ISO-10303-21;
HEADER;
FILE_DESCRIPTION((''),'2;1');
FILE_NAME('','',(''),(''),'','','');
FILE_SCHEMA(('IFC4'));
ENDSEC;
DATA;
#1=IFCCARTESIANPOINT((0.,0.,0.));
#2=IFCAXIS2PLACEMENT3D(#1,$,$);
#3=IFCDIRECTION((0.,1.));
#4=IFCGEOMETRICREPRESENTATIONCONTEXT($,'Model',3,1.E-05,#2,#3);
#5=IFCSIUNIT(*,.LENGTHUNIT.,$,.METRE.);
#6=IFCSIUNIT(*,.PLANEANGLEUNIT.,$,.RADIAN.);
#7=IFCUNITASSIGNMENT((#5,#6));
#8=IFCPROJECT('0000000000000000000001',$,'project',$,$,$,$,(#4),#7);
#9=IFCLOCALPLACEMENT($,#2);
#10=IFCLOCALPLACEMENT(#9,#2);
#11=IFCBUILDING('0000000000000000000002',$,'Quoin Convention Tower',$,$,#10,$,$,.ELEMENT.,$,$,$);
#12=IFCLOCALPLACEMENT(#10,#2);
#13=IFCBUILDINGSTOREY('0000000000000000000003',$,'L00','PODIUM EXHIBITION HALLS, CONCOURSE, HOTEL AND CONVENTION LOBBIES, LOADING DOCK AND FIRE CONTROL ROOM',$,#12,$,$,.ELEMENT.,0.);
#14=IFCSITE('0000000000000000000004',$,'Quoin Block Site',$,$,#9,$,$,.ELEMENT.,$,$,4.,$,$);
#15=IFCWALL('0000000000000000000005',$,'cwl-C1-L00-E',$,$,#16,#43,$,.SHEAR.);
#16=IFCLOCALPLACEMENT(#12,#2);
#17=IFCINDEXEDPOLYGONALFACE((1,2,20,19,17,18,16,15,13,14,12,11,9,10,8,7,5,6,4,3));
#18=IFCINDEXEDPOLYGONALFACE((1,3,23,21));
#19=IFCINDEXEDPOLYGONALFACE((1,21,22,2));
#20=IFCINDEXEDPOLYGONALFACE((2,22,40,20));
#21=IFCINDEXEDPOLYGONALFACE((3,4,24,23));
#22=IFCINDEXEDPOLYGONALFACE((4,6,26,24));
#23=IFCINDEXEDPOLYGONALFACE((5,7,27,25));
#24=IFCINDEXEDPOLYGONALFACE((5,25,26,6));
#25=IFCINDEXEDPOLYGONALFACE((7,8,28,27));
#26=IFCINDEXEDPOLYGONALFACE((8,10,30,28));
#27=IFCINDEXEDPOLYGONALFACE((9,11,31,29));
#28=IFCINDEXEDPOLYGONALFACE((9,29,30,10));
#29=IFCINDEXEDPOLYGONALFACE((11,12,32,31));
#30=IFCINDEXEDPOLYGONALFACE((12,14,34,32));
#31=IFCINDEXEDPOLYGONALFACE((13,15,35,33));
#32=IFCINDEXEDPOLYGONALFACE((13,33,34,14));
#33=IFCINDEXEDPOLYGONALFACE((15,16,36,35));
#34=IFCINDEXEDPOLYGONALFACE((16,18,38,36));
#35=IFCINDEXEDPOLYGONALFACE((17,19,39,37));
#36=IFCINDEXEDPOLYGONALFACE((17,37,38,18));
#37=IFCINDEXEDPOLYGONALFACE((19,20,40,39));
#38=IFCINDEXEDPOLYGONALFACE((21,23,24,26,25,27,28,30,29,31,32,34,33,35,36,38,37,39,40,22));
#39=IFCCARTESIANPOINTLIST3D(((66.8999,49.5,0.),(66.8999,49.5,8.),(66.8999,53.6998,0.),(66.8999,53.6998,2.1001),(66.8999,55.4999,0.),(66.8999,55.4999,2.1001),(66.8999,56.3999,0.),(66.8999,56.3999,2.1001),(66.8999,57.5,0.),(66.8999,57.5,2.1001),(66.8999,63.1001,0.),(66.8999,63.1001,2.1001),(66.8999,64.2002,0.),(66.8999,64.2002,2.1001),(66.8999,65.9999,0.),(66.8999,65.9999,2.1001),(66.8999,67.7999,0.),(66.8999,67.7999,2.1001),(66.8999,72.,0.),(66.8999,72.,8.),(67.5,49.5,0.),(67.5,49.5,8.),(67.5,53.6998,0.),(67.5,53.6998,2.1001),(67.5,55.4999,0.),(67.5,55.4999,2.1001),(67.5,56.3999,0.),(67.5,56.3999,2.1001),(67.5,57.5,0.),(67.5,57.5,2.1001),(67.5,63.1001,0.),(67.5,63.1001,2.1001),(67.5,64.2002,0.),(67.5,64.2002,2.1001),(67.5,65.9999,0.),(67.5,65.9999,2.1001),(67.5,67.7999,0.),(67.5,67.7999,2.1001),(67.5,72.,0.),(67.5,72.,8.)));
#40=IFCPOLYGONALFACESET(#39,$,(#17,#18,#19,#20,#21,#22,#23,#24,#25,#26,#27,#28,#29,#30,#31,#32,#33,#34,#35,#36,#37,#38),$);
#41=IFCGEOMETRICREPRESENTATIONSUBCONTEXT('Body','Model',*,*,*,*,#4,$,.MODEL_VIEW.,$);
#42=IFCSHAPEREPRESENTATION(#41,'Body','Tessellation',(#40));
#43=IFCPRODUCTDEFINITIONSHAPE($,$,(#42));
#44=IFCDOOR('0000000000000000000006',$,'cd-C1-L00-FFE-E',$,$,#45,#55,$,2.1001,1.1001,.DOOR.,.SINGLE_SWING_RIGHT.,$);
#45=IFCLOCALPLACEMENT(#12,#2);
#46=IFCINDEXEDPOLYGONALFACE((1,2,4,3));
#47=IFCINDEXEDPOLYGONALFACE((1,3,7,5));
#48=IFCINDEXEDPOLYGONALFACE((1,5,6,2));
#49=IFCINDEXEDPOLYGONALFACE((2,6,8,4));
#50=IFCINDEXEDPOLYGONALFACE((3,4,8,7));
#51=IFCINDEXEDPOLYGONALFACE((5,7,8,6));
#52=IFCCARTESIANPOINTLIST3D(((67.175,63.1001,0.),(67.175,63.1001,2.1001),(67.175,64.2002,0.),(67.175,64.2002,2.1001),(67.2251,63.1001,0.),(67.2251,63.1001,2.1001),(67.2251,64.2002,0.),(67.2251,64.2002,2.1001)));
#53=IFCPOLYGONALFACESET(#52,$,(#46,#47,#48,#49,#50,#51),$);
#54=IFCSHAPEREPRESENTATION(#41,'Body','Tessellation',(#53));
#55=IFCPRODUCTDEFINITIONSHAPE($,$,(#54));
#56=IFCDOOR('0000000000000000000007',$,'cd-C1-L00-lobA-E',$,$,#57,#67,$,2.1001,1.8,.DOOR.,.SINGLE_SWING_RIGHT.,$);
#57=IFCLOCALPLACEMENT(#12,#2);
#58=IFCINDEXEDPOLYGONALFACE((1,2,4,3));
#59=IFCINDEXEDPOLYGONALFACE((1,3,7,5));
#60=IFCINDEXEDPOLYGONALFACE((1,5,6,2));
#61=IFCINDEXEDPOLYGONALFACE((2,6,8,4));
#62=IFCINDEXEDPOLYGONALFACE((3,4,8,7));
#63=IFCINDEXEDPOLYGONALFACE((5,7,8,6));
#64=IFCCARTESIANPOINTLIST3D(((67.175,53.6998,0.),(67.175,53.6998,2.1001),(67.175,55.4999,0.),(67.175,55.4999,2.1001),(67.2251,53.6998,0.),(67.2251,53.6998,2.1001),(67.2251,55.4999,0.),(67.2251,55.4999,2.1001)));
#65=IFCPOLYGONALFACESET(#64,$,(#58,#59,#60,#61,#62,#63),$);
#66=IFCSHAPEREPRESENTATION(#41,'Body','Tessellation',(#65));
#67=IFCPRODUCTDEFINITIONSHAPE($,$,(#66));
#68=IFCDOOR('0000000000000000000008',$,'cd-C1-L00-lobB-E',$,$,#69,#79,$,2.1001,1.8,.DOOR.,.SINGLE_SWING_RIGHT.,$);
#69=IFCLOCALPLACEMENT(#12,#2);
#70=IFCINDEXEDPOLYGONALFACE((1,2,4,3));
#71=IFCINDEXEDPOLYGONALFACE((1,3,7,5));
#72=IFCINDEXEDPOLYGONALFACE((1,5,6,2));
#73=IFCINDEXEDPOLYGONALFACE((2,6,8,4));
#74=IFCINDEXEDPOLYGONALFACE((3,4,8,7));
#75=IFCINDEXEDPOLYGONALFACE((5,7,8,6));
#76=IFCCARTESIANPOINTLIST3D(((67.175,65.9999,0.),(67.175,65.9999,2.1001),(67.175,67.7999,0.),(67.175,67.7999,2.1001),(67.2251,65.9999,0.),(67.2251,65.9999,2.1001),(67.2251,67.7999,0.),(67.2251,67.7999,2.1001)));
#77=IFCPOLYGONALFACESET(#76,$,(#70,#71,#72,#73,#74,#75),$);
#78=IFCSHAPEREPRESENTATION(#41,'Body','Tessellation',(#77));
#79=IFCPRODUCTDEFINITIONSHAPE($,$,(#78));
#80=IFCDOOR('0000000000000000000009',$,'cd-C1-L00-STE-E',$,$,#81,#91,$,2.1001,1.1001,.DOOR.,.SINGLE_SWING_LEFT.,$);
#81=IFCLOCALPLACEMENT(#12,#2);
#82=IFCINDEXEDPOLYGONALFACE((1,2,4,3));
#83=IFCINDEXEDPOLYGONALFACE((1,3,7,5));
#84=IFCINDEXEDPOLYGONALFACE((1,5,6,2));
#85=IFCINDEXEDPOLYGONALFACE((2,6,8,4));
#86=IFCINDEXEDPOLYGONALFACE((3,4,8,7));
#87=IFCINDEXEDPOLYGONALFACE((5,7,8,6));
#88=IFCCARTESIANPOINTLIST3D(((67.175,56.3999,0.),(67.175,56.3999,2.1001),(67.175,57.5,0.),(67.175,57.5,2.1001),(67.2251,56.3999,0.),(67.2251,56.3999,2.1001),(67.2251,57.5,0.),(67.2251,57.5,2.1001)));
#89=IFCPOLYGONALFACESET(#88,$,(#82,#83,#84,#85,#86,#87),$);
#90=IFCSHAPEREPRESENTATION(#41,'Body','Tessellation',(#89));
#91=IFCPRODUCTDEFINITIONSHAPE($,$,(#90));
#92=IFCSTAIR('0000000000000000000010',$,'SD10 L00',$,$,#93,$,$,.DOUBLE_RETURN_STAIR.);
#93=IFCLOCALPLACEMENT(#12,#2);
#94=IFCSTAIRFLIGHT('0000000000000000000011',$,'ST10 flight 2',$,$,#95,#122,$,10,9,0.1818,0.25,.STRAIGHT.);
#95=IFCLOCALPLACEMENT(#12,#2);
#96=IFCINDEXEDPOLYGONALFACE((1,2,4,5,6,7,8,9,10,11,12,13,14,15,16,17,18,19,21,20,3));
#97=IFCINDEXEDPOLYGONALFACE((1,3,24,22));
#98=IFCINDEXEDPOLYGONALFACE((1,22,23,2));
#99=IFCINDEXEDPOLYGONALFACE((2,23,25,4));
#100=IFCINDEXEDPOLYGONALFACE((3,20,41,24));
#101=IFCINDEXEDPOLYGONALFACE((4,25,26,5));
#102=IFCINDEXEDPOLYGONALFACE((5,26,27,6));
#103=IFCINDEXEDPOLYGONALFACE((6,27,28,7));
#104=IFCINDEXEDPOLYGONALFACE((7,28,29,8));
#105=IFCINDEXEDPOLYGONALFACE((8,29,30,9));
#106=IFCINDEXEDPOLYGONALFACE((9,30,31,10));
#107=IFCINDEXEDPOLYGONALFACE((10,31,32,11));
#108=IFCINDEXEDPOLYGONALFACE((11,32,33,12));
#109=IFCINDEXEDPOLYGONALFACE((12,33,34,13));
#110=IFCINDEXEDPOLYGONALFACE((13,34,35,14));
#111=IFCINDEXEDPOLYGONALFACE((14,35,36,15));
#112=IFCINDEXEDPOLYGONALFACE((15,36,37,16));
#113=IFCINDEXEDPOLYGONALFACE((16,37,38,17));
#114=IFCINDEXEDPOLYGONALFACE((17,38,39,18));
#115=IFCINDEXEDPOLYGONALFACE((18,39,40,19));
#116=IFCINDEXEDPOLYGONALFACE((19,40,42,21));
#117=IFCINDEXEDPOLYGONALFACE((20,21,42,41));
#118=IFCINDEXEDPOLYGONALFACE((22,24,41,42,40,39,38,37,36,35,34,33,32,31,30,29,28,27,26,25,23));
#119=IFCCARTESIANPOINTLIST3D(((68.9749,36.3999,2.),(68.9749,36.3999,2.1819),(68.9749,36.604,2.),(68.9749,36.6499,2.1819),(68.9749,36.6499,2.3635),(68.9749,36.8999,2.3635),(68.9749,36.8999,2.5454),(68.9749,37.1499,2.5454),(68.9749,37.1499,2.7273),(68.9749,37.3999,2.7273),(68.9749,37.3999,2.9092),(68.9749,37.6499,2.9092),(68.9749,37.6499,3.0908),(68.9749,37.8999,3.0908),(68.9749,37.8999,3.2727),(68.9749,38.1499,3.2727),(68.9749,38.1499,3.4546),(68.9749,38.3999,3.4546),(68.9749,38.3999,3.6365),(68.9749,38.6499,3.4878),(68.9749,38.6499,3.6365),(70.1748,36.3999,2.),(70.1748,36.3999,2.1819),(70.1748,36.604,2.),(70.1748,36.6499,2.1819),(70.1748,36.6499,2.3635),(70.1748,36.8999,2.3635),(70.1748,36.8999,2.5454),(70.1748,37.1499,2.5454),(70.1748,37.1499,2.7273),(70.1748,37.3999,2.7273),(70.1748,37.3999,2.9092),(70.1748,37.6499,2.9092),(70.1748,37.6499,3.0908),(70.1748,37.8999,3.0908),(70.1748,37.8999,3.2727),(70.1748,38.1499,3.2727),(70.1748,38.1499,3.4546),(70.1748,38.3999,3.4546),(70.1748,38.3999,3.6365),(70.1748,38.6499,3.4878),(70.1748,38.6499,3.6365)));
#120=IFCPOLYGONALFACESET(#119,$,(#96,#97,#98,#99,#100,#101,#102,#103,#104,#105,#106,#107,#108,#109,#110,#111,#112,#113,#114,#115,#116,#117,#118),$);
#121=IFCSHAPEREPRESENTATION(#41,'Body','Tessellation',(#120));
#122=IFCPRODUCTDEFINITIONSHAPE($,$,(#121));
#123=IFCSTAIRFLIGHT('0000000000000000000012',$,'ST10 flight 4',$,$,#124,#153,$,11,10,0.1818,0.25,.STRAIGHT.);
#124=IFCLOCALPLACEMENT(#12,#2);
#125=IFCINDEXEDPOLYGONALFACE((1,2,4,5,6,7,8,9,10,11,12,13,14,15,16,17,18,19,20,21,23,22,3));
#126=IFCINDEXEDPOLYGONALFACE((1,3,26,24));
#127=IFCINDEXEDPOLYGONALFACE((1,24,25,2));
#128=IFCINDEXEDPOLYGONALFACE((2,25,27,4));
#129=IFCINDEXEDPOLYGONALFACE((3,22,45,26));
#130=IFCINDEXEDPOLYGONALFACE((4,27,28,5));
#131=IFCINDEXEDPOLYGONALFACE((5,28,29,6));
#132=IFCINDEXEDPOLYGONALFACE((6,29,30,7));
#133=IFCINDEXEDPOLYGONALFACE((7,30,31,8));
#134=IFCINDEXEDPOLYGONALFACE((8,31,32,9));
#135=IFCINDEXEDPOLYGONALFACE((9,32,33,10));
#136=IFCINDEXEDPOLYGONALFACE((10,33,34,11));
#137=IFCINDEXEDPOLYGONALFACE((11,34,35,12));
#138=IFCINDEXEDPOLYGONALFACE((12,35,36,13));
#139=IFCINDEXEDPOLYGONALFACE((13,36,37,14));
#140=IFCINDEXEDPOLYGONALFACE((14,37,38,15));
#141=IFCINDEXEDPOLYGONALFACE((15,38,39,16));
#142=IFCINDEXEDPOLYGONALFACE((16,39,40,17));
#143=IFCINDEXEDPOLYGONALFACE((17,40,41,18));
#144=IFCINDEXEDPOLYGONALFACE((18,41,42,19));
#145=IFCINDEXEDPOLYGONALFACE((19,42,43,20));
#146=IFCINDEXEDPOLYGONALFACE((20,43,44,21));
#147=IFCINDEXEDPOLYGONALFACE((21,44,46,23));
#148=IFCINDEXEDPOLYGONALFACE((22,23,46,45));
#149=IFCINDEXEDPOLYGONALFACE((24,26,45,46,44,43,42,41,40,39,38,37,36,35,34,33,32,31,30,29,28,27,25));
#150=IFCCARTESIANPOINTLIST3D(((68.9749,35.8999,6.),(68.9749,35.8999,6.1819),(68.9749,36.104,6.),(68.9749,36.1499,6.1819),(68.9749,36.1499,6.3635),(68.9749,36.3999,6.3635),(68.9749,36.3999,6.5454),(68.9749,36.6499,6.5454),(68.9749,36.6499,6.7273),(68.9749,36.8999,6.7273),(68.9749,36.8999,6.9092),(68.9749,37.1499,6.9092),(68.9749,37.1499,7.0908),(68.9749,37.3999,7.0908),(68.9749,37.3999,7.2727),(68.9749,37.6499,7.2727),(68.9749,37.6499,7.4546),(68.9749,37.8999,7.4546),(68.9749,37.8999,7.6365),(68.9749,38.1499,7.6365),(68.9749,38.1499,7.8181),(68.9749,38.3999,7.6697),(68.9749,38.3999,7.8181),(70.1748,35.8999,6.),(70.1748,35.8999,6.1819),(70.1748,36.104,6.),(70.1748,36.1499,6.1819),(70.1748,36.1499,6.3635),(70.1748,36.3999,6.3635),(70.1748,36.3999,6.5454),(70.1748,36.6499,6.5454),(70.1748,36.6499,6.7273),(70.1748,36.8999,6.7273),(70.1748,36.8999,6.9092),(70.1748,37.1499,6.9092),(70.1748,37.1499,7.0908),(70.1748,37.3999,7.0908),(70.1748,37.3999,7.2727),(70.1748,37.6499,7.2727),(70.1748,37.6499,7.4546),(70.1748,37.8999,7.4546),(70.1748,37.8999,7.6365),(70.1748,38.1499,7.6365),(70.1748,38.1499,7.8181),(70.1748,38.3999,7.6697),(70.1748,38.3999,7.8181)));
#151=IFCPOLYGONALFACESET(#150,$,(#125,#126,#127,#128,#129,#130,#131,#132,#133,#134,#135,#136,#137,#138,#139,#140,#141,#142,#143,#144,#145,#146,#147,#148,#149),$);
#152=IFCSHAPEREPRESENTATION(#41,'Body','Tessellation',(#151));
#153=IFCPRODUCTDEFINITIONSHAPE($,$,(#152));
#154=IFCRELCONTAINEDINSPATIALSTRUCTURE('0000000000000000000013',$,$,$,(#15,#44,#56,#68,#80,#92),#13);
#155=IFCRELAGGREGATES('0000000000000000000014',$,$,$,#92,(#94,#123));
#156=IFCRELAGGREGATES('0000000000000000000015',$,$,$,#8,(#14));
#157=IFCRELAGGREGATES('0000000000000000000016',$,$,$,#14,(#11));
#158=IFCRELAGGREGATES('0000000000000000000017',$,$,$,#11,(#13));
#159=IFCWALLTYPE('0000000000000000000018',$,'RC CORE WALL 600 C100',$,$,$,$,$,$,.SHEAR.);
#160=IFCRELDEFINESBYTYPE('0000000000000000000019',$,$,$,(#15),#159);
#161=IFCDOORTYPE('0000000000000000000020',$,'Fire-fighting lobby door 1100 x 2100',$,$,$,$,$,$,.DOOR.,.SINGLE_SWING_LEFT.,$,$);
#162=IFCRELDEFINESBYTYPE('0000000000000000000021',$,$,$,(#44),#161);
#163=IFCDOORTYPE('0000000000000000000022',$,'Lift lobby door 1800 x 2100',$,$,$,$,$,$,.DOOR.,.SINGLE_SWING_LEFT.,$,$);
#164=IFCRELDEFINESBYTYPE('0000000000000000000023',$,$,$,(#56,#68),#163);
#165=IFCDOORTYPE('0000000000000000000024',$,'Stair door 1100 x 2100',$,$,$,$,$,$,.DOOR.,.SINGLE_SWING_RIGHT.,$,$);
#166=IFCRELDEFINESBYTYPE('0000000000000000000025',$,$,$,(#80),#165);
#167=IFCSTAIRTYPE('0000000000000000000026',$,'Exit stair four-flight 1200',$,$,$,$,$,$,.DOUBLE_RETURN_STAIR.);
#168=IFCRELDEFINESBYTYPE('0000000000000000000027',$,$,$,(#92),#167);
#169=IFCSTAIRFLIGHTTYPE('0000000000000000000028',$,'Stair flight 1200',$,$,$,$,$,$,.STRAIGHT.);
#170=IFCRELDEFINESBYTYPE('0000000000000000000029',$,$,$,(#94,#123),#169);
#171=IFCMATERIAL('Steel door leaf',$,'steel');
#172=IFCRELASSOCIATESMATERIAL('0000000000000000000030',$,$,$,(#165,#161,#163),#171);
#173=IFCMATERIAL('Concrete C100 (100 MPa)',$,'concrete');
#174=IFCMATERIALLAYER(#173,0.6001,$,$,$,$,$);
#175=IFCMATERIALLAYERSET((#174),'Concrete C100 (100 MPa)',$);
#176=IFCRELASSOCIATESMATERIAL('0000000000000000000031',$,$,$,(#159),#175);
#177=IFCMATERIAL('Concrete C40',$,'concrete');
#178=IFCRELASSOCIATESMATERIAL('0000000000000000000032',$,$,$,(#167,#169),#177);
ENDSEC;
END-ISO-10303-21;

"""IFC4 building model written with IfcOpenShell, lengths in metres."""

from ifc_helpers import new_model, si_unit, direction, frame, frame_2d, origin, place, context, subcontext, project, spatial, polyline, rectangle, outline, extrude, material, layer, layer_set, type_object, element, fill, aggregate, save


model = new_model("IFC4")

# Units and contexts
model_context = context("Model", 3, precision=1e-05, world=origin(), true_north=direction((0.0, 1.0)))
body_context = subcontext(model_context, "Body", "Model", "MODEL_VIEW")
ifc_project = project(units=[si_unit("LENGTHUNIT", "METRE"), si_unit("PLANEANGLEUNIT", "RADIAN")], contexts=[model_context])

# Site, building, storey
site_placement = place(None, origin())
site = spatial("IfcSite", under=ifc_project, at=site_placement, Name="Quoin Block Site", CompositionType="ELEMENT", RefElevation=4.0)
building_placement = place(site_placement, origin())
building = spatial("IfcBuilding", under=site, at=building_placement, Name="Quoin Convention Tower", CompositionType="ELEMENT")
storey_placement = place(building_placement, origin())
storey = spatial("IfcBuildingStorey", under=building, at=storey_placement, Name="L00", Description="PODIUM EXHIBITION HALLS, CONCOURSE, HOTEL AND CONVENTION LOBBIES, LOADING DOCK AND FIRE CONTROL ROOM", CompositionType="ELEMENT", Elevation=0.0)

# Shared definitions
ifc_material_1 = material(Name="Concrete C100 (100 MPa)", Category="concrete")

# Shared definitions
ifc_material_2 = material(Name="Steel door leaf", Category="steel")

# Shared definitions
door_type_1 = type_object("IfcDoorType", Name="Stair door 1100 x 2100", OperationType="SINGLE_SWING_RIGHT", PredefinedType="DOOR", material=ifc_material_2)

# Wall, openings, doors
ifc_layer_1 = layer(ifc_material_1, 0.6001)
ifc_layer_set_1 = layer_set([ifc_layer_1], Name="Concrete C100 (100 MPa)")
wall_type_1 = type_object("IfcWallType", Name="RC CORE WALL 600 C100", PredefinedType="SHEAR", material=ifc_layer_set_1)
wall_1_placement = place(storey_placement, frame((67.2, 49.5, 0.0), z_axis=(0.0, 0.0, 1.0), x_axis=(0.0, 1.0, 0.0)))
wall_1 = element("IfcWall", 1, at=wall_1_placement, inside=storey, type_object=wall_type_1, Name="cwl-C1-L00-E", PredefinedType="SHEAR", context=body_context, shape_type="SweptSolid", body=[
    extrude(rectangle(XDim=22.5, YDim=0.6001, at=frame_2d((11.25, 0.0))), origin(), (0.0, 0.0, 1.0), 8.0),
])
opening_1_placement = place(wall_1_placement, frame((4.2, 0.0, 0.0)))
opening_1 = element("IfcOpeningElement", 2, at=opening_1_placement, cuts=wall_1, PredefinedType="OPENING", context=body_context, shape_type="SweptSolid", body=[
    extrude(rectangle(XDim=1.8, YDim=2.1001, at=frame_2d((0.8999, 1.05))), frame((0.0, 0.3101, 0.0), z_axis=(0.0, -1.0, 0.0), x_axis=(1.0, 0.0, 0.0)), (0.0, 0.0, 1.0), 0.6201),
])
opening_2_placement = place(wall_1_placement, frame((6.8999, 0.0, 0.0)))
opening_2 = element("IfcOpeningElement", 3, at=opening_2_placement, cuts=wall_1, PredefinedType="OPENING", context=body_context, shape_type="SweptSolid", body=[
    extrude(rectangle(XDim=1.1001, YDim=2.1001, at=frame_2d((0.55, 1.05))), frame((0.0, 0.3101, 0.0), z_axis=(0.0, -1.0, 0.0), x_axis=(1.0, 0.0, 0.0)), (0.0, 0.0, 1.0), 0.6201),
])
opening_3_placement = place(wall_1_placement, frame((13.6001, 0.0, 0.0)))
opening_3 = element("IfcOpeningElement", 4, at=opening_3_placement, cuts=wall_1, PredefinedType="OPENING", context=body_context, shape_type="SweptSolid", body=[
    extrude(rectangle(XDim=1.1001, YDim=2.1001, at=frame_2d((0.55, 1.05))), frame((0.0, 0.3101, 0.0), z_axis=(0.0, -1.0, 0.0), x_axis=(1.0, 0.0, 0.0)), (0.0, 0.0, 1.0), 0.6201),
])
opening_4_placement = place(wall_1_placement, frame((16.5, 0.0, 0.0)))
opening_4 = element("IfcOpeningElement", 5, at=opening_4_placement, cuts=wall_1, PredefinedType="OPENING", context=body_context, shape_type="SweptSolid", body=[
    extrude(rectangle(XDim=1.8, YDim=2.1001, at=frame_2d((0.8999, 1.05))), frame((0.0, 0.3101, 0.0), z_axis=(0.0, -1.0, 0.0), x_axis=(1.0, 0.0, 0.0)), (0.0, 0.0, 1.0), 0.6201),
])
door_type_2 = type_object("IfcDoorType", Name="Fire-fighting lobby door 1100 x 2100", OperationType="SINGLE_SWING_LEFT", PredefinedType="DOOR", material=ifc_material_2)
door_1_placement = place(opening_3_placement, origin())
door_1 = element("IfcDoor", 6, at=door_1_placement, inside=storey, type_object=door_type_2, Name="cd-C1-L00-FFE-E", OperationType="SINGLE_SWING_RIGHT", OverallHeight=2.1001, OverallWidth=1.1001, PredefinedType="DOOR", context=body_context, shape_type="SweptSolid", body=[
    extrude(rectangle(XDim=1.1001, YDim=2.1001, at=frame_2d((0.55, 1.05))), frame((0.0, 0.0249, 0.0), z_axis=(0.0, -1.0, 0.0), x_axis=(1.0, 0.0, 0.0)), (0.0, 0.0, 1.0), 0.05),
])
fill(opening_3, door_1)
door_type_3 = type_object("IfcDoorType", Name="Lift lobby door 1800 x 2100", OperationType="SINGLE_SWING_LEFT", PredefinedType="DOOR", material=ifc_material_2)
door_2_placement = place(opening_1_placement, origin())
door_2 = element("IfcDoor", 7, at=door_2_placement, inside=storey, type_object=door_type_3, Name="cd-C1-L00-lobA-E", OperationType="SINGLE_SWING_RIGHT", OverallHeight=2.1001, OverallWidth=1.8, PredefinedType="DOOR", context=body_context, shape_type="SweptSolid", body=[
    extrude(rectangle(XDim=1.8, YDim=2.1001, at=frame_2d((0.8999, 1.05))), frame((0.0, 0.0249, 0.0), z_axis=(0.0, -1.0, 0.0), x_axis=(1.0, 0.0, 0.0)), (0.0, 0.0, 1.0), 0.05),
])
fill(opening_1, door_2)
door_3_placement = place(opening_4_placement, origin())
door_3 = element("IfcDoor", 8, at=door_3_placement, inside=storey, type_object=door_type_3, Name="cd-C1-L00-lobB-E", OperationType="SINGLE_SWING_RIGHT", OverallHeight=2.1001, OverallWidth=1.8, PredefinedType="DOOR", context=body_context, shape_type="SweptSolid", body=[
    extrude(rectangle(XDim=1.8, YDim=2.1001, at=frame_2d((0.8999, 1.05))), frame((0.0, 0.0249, 0.0), z_axis=(0.0, -1.0, 0.0), x_axis=(1.0, 0.0, 0.0)), (0.0, 0.0, 1.0), 0.05),
])
fill(opening_4, door_3)
door_4_placement = place(opening_2_placement, origin())
door_4 = element("IfcDoor", 9, at=door_4_placement, inside=storey, type_object=door_type_1, Name="cd-C1-L00-STE-E", OperationType="SINGLE_SWING_LEFT", OverallHeight=2.1001, OverallWidth=1.1001, PredefinedType="DOOR", context=body_context, shape_type="SweptSolid", body=[
    extrude(rectangle(XDim=1.1001, YDim=2.1001, at=frame_2d((0.55, 1.05))), frame((0.0, 0.0249, 0.0), z_axis=(0.0, -1.0, 0.0), x_axis=(1.0, 0.0, 0.0)), (0.0, 0.0, 1.0), 0.05),
])
fill(opening_2, door_4)

# Stair, stair flights
ifc_material_3 = material(Name="Concrete C40", Category="concrete")
stair_type_1 = type_object("IfcStairType", Name="Exit stair four-flight 1200", PredefinedType="DOUBLE_RETURN_STAIR", material=ifc_material_3)
stair_1_placement = place(storey_placement, origin())
stair_1 = element("IfcStair", 10, at=stair_1_placement, inside=storey, type_object=stair_type_1, Name="SD10 L00", PredefinedType="DOUBLE_RETURN_STAIR")
stair_flight_type_1 = type_object("IfcStairFlightType", Name="Stair flight 1200", PredefinedType="STRAIGHT", material=ifc_material_3)
stair_flight_1_placement = place(storey_placement, frame((69.575, 36.3999, 2.0), z_axis=(0.0, 0.0, 1.0), x_axis=(0.0, 1.0, 0.0)))
stair_flight_1 = element("IfcStairFlight", 11, at=stair_flight_1_placement, type_object=stair_flight_type_1, Name="ST10 flight 2", NumberOfRisers=10, NumberOfTreads=9, PredefinedType="STRAIGHT", RiserHeight=0.1818, TreadLength=0.25, context=body_context, shape_type="SweptSolid", body=[
    extrude(outline(polyline([(0.0, 0.0), (0.0, 0.1819), (0.25, 0.1819), (0.25, 0.3635), (0.5, 0.3635), (0.5, 0.5454), (0.75, 0.5454), (0.75, 0.7273), (1.0, 0.7273), (1.0, 0.9092), (1.25, 0.9092), (1.25, 1.0908), (1.5, 1.0908), (1.5, 1.2727), (1.75, 1.2727), (1.75, 1.4546), (2.0, 1.4546), (2.0, 1.6365), (2.25, 1.6365), (2.25, 1.8181), (2.25, 1.4878), (0.2041, 0.0), (0.0, 0.0)])), frame((0.0, 0.6001, 0.0), z_axis=(0.0, -1.0, 0.0), x_axis=(1.0, 0.0, 0.0)), (0.0, 0.0, 1.0), 1.2),
])
stair_flight_2_placement = place(storey_placement, frame((69.575, 35.8999, 6.0), z_axis=(0.0, 0.0, 1.0), x_axis=(0.0, 1.0, 0.0)))
stair_flight_2 = element("IfcStairFlight", 12, at=stair_flight_2_placement, type_object=stair_flight_type_1, Name="ST10 flight 4", NumberOfRisers=11, NumberOfTreads=10, PredefinedType="STRAIGHT", RiserHeight=0.1818, TreadLength=0.25, context=body_context, shape_type="SweptSolid", body=[
    extrude(outline(polyline([(0.0, 0.0), (0.0, 0.1819), (0.25, 0.1819), (0.25, 0.3635), (0.5, 0.3635), (0.5, 0.5454), (0.75, 0.5454), (0.75, 0.7273), (1.0, 0.7273), (1.0, 0.9092), (1.25, 0.9092), (1.25, 1.0908), (1.5, 1.0908), (1.5, 1.2727), (1.75, 1.2727), (1.75, 1.4546), (2.0, 1.4546), (2.0, 1.6365), (2.25, 1.6365), (2.25, 1.8181), (2.5, 1.8181), (2.5, 2.0), (2.5, 1.6697), (0.2041, 0.0), (0.0, 0.0)])), frame((0.0, 0.6001, 0.0), z_axis=(0.0, -1.0, 0.0), x_axis=(1.0, 0.0, 0.0)), (0.0, 0.0, 1.0), 1.2),
])
aggregate(stair_1, [stair_flight_1, stair_flight_2])

save(model, "model.ifc")
